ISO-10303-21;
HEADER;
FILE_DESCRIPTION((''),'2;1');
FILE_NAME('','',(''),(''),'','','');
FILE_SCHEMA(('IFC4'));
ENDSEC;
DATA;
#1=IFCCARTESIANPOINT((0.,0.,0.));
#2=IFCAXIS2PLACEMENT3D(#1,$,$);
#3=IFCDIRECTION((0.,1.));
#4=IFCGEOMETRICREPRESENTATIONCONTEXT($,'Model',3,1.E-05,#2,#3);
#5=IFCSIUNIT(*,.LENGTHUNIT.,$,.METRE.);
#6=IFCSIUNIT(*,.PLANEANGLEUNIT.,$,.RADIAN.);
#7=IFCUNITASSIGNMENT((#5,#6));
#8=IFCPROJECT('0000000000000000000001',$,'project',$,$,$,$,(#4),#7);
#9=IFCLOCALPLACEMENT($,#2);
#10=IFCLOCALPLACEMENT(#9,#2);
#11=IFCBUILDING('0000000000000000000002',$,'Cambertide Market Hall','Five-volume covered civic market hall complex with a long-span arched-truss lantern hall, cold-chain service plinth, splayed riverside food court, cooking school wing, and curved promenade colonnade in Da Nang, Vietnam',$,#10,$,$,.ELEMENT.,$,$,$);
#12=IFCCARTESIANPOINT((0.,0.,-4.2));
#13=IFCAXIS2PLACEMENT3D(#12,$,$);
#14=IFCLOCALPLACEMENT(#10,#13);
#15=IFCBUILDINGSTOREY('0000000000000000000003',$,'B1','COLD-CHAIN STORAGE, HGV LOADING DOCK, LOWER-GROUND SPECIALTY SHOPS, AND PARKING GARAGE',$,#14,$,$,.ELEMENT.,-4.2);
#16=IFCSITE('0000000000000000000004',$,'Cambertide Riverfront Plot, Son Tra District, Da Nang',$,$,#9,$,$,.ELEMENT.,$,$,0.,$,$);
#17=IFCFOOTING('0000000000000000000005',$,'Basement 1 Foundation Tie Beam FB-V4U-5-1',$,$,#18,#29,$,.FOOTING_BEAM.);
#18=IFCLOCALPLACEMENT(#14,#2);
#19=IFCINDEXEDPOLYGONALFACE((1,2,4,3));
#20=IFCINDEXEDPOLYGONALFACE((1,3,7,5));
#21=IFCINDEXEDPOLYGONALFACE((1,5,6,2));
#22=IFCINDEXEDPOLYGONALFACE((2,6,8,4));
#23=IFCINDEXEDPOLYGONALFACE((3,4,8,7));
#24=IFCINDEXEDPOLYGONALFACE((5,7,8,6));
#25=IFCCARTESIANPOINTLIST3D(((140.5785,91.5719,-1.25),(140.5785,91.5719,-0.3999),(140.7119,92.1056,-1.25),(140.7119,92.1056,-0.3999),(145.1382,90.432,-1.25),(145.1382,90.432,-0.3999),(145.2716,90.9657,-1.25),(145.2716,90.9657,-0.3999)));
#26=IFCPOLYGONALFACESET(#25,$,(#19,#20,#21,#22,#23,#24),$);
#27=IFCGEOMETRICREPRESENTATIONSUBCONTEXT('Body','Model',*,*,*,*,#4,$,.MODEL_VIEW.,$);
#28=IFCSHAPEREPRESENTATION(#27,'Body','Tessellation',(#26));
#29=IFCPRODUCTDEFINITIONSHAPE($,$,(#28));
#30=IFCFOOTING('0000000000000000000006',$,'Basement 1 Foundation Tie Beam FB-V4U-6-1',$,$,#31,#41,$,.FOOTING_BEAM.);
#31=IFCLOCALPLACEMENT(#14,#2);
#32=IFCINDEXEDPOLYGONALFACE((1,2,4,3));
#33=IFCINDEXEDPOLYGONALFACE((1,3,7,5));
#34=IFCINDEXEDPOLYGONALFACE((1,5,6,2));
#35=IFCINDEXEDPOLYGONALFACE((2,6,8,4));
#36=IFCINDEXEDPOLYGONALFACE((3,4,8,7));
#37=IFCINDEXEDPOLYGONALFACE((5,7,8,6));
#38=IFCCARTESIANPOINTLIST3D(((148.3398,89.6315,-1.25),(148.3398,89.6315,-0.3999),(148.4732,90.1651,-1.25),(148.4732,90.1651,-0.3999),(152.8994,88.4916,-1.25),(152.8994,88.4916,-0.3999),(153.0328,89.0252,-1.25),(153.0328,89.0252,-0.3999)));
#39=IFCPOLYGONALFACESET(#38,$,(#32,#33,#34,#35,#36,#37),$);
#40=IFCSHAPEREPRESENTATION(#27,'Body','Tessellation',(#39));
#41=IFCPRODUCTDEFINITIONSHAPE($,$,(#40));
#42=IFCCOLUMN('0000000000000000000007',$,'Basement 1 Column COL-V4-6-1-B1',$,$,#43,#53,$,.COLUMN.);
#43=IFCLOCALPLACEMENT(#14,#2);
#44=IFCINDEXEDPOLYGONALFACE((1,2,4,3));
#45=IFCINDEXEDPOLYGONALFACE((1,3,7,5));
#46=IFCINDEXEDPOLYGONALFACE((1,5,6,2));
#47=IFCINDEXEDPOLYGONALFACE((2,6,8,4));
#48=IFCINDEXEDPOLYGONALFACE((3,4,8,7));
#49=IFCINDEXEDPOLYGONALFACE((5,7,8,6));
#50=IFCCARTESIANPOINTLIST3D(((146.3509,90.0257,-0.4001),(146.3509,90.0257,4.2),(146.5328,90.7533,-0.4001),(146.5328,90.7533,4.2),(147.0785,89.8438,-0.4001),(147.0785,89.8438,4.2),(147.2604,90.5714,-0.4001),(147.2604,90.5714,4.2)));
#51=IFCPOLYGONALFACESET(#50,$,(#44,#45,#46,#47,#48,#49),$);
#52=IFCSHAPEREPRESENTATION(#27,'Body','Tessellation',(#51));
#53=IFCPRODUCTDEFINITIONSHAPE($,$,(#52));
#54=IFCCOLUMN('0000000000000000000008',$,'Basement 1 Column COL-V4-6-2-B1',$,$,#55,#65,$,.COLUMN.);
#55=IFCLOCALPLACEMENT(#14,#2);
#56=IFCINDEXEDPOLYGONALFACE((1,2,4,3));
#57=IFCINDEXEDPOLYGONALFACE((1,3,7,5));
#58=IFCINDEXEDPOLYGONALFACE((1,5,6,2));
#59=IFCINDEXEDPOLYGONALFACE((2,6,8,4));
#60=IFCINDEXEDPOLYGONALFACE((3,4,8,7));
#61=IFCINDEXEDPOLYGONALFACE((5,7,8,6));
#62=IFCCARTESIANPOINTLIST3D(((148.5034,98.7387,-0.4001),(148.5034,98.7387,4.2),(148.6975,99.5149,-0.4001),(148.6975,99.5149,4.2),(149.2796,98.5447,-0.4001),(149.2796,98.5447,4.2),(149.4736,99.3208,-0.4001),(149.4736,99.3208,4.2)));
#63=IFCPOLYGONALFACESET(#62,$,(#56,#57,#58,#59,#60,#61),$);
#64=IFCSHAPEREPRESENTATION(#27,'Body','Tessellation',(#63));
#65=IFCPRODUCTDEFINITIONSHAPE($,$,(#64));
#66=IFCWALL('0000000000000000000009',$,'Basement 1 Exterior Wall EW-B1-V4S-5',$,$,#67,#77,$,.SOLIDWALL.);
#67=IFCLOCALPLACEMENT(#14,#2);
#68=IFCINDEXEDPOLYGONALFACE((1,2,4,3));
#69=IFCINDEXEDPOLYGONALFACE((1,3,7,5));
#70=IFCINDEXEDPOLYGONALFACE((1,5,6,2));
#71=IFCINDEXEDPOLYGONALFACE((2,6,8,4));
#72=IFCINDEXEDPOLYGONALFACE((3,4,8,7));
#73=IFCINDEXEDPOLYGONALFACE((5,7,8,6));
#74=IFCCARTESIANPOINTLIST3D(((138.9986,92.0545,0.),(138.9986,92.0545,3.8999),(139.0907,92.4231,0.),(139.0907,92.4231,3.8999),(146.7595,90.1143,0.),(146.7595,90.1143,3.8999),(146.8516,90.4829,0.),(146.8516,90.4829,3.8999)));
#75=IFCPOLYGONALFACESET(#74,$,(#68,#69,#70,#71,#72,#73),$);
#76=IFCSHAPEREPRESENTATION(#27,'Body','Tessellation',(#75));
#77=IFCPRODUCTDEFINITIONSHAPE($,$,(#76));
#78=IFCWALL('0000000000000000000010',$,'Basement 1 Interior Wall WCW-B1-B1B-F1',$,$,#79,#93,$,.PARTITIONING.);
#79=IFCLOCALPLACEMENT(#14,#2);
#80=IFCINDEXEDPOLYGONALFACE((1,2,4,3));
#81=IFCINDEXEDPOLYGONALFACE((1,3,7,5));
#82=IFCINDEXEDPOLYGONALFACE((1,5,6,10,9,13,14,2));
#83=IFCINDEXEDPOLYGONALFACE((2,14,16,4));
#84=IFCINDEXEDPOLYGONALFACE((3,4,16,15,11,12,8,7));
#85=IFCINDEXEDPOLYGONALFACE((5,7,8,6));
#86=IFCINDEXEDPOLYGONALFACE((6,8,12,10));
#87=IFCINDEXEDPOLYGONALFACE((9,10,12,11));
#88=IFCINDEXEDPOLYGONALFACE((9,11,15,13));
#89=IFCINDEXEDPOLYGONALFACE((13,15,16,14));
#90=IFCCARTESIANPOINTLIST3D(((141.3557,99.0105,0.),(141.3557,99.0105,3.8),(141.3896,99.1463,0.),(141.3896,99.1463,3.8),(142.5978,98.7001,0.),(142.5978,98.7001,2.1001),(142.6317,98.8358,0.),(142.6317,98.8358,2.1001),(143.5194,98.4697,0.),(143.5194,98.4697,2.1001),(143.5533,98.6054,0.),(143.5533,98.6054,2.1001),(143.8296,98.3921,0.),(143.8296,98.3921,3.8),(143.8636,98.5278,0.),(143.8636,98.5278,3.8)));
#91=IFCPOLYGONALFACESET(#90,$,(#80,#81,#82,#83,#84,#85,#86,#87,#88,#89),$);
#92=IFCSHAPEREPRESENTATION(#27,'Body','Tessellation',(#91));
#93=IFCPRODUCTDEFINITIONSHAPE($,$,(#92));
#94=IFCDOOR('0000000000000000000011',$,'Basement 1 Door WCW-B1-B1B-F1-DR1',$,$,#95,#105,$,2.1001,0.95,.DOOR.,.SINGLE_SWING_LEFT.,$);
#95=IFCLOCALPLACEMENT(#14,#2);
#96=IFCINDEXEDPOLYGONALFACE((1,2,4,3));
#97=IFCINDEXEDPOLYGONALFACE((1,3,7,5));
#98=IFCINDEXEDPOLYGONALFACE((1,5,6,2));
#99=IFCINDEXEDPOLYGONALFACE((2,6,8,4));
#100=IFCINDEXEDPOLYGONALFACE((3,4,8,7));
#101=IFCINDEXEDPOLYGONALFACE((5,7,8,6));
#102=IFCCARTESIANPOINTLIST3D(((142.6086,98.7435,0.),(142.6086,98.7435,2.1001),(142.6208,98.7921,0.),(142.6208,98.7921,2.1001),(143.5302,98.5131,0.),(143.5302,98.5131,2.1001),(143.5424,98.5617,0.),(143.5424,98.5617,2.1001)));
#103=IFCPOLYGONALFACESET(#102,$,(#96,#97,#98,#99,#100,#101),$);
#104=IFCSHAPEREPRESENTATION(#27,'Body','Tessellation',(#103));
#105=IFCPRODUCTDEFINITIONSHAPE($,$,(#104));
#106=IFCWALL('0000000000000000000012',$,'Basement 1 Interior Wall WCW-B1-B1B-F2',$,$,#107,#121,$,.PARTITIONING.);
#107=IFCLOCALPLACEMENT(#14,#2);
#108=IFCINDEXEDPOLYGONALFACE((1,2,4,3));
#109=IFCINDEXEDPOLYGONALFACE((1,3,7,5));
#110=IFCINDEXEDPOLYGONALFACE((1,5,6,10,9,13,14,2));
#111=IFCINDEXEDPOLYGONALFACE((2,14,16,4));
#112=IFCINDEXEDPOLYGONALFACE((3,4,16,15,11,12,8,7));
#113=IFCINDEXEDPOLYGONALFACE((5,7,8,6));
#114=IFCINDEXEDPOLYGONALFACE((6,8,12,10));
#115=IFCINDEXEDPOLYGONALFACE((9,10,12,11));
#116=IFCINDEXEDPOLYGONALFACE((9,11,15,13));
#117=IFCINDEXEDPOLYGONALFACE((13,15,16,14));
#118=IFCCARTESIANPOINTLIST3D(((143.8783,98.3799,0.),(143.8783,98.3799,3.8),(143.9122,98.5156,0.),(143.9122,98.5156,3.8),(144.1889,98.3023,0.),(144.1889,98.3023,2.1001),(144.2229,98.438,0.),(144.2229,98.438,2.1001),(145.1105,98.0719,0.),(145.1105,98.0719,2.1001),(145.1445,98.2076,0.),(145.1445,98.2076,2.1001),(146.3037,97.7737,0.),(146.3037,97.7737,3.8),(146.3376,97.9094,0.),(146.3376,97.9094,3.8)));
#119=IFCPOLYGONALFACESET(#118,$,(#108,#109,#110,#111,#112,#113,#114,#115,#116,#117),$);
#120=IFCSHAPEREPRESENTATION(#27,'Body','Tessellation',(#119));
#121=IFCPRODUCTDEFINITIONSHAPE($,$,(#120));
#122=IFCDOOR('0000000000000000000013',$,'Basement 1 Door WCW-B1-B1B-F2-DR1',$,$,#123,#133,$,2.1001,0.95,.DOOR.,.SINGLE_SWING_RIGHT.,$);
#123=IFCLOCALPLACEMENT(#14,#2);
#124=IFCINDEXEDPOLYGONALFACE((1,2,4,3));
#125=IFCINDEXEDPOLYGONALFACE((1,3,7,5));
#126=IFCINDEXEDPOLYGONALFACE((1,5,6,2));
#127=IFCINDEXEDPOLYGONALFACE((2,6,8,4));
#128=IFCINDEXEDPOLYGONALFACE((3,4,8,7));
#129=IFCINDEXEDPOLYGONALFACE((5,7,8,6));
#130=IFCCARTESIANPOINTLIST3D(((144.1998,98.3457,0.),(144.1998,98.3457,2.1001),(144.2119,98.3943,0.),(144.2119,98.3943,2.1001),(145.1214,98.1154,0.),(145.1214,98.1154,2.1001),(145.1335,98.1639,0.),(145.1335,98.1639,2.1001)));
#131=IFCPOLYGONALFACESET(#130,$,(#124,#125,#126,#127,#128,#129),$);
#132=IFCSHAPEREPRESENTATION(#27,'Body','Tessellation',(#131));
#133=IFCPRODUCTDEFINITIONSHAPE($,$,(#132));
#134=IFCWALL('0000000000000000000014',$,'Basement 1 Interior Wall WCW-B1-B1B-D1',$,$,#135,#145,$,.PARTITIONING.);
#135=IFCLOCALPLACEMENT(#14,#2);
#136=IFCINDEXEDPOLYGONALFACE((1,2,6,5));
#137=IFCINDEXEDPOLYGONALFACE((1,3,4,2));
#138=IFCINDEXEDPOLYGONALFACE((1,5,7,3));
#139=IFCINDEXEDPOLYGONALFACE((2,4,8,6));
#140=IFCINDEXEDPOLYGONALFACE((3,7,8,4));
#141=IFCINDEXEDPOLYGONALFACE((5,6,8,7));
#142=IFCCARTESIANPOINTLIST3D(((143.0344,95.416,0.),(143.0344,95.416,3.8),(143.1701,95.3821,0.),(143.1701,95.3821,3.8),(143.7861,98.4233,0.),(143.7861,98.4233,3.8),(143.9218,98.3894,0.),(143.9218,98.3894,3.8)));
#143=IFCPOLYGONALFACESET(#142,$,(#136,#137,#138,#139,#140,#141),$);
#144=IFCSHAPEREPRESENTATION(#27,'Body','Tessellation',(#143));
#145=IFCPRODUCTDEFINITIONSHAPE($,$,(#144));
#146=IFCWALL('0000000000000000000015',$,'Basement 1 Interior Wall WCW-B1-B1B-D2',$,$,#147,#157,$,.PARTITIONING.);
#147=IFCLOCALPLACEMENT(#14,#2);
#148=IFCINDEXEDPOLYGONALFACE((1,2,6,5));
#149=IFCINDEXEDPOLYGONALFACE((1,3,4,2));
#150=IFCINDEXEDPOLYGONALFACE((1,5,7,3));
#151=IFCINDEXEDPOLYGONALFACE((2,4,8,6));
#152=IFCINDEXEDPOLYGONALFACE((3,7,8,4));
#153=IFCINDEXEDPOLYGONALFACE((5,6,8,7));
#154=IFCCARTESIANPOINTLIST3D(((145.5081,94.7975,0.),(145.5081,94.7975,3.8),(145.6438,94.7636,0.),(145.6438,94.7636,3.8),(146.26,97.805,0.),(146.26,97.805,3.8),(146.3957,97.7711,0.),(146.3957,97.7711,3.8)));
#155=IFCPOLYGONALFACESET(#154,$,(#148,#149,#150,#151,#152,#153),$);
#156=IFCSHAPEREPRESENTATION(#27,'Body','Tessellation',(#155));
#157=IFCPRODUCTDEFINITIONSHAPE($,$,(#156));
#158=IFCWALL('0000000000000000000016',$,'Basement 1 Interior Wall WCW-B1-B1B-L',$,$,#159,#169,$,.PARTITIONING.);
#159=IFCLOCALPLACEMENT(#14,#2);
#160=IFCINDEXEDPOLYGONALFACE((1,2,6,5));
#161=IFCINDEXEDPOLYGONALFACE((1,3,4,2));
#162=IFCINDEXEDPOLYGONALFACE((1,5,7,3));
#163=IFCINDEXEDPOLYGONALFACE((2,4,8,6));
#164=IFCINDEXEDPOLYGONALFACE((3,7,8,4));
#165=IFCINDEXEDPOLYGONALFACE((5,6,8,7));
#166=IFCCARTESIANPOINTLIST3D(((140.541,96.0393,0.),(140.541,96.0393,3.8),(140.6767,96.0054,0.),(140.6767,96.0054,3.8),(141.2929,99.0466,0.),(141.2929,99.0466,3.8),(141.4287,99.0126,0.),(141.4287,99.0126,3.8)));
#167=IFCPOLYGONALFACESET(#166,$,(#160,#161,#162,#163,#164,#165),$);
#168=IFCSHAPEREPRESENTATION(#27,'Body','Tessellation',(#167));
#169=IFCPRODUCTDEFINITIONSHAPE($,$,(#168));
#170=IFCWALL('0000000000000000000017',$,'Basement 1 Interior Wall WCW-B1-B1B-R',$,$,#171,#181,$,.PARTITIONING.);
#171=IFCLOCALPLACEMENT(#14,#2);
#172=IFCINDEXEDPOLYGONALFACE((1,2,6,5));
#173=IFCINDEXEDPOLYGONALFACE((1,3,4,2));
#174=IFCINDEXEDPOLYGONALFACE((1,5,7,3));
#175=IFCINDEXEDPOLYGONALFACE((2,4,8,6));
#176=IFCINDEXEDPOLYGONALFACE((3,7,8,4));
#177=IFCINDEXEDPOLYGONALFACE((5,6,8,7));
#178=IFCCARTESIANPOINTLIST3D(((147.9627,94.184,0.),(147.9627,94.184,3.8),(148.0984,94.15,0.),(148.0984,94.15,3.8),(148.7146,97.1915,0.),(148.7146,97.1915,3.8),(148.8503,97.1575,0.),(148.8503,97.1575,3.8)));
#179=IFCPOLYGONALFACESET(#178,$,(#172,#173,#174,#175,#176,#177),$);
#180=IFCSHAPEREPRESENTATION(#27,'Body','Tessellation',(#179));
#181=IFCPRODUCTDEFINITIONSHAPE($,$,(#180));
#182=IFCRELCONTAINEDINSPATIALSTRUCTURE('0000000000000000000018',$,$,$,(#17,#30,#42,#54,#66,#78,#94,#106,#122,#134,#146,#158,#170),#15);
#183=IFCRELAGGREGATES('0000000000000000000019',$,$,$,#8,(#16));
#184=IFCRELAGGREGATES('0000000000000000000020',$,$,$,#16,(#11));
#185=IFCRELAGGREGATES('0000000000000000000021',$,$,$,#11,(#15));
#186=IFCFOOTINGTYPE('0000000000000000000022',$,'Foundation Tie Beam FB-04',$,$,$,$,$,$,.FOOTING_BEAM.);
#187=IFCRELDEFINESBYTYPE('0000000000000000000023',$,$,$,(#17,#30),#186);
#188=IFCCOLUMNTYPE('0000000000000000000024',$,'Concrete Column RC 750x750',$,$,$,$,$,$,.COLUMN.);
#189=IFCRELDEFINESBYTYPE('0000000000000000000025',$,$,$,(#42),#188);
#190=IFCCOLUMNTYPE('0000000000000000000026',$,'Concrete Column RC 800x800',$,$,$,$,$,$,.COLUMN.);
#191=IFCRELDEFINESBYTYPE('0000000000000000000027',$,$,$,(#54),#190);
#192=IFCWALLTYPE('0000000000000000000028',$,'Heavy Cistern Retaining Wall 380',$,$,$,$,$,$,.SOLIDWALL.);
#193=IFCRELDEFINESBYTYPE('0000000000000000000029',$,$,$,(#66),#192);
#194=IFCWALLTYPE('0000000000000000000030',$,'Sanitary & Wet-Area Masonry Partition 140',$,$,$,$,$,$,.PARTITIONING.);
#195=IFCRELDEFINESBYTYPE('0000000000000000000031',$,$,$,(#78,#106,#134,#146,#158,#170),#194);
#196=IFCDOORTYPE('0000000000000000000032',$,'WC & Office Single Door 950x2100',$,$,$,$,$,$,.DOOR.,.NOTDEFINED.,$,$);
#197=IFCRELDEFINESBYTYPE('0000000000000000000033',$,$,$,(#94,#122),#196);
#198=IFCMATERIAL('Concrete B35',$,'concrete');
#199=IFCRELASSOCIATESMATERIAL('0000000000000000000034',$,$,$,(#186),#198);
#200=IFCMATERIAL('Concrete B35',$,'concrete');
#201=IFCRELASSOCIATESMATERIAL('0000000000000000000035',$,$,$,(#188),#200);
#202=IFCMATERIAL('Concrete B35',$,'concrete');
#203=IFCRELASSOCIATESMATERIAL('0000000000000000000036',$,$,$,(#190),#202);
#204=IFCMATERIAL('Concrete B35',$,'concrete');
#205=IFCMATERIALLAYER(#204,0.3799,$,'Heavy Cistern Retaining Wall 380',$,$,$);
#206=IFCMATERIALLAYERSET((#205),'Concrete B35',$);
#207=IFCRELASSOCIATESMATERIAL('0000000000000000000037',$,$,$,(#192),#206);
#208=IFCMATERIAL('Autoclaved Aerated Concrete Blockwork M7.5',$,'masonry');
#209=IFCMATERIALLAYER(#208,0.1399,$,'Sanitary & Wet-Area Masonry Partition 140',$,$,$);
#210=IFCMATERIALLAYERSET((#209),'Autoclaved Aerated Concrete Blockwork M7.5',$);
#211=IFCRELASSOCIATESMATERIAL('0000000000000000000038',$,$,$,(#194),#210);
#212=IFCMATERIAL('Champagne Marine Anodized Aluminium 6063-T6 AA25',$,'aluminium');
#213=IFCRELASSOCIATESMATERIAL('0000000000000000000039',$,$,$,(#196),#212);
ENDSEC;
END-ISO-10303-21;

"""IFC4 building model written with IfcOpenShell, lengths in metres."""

from ifc_helpers import new_model, si_unit, direction, frame, frame_2d, origin, origin_2d, place, context, subcontext, project, spatial, rectangle, extrude, material, layer, layer_set, material_profile, profile_set, type_object, element, fill, save


model = new_model("IFC4")

# Units and contexts
model_context = context("Model", 3, precision=1e-05, world=origin(), true_north=direction((0.0, 1.0)))
body_context = subcontext(model_context, "Body", "Model", "MODEL_VIEW")
ifc_project = project(units=[si_unit("LENGTHUNIT", "METRE"), si_unit("PLANEANGLEUNIT", "RADIAN")], contexts=[model_context])

# Site, building, storey
site_placement = place(None, origin())
site = spatial("IfcSite", under=ifc_project, at=site_placement, Name="Cambertide Riverfront Plot, Son Tra District, Da Nang", CompositionType="ELEMENT", RefElevation=0.0)
building_placement = place(site_placement, origin())
building = spatial("IfcBuilding", under=site, at=building_placement, Name="Cambertide Market Hall", Description="Five-volume covered civic market hall complex with a long-span arched-truss lantern hall, cold-chain service plinth, splayed riverside food court, cooking school wing, and curved promenade colonnade in Da Nang, Vietnam", CompositionType="ELEMENT")
storey_placement = place(building_placement, frame((0.0, 0.0, -4.2)))
storey = spatial("IfcBuildingStorey", under=building, at=storey_placement, Name="B1", Description="COLD-CHAIN STORAGE, HGV LOADING DOCK, LOWER-GROUND SPECIALTY SHOPS, AND PARKING GARAGE", CompositionType="ELEMENT", Elevation=-4.2)

# Footings
ifc_material_1 = material(Name="Concrete B35", Category="concrete")
footing_type_1 = type_object("IfcFootingType", Name="Foundation Tie Beam FB-04", PredefinedType="FOOTING_BEAM", material=ifc_material_1)
for number, where, z_axis, x_axis, name in (
    (1, (142.925, 91.2688, -1.25), (0.0, 0.0, 1.0), (0.970143, -0.242536, 0.0), "Basement 1 Foundation Tie Beam FB-V4U-5-1"),
    (2, (150.6863, 89.3284, -1.25), (0.0, 0.0, 1.0), (0.970143, -0.242536, 0.0), "Basement 1 Foundation Tie Beam FB-V4U-6-1"),
):
    element("IfcFooting", number, at=place(storey_placement, frame(where, z_axis=z_axis, x_axis=x_axis)), inside=storey, type_object=footing_type_1, Name=name, PredefinedType="FOOTING_BEAM", context=body_context, shape_type="SweptSolid", body=[
        extrude(rectangle(XDim=4.7, YDim=0.55, at=origin_2d()), origin(), (0.0, 0.0, 1.0), 0.8501),
    ])

# Columns
ifc_material_2 = material(Name="Concrete B35", Category="concrete")
ifc_material_profile_1 = material_profile(ifc_material_2, rectangle(XDim=0.75, YDim=0.75, at=origin_2d()), Name="RC 750x750")
ifc_profile_set_1 = profile_set([ifc_material_profile_1], Name="Concrete B35")
column_type_1 = type_object("IfcColumnType", Name="Concrete Column RC 750x750", PredefinedType="COLUMN", material=ifc_profile_set_1)
column_1_placement = place(storey_placement, frame((146.8057, 90.2986, -0.4001), z_axis=(0.0, 0.0, 1.0), x_axis=(0.970143, -0.242536, 0.0)))
element("IfcColumn", 3, at=column_1_placement, inside=storey, type_object=column_type_1, Name="Basement 1 Column COL-V4-6-1-B1", PredefinedType="COLUMN", context=body_context, shape_type="SweptSolid", body=[
    extrude(rectangle(XDim=0.75, YDim=0.75, at=origin_2d()), origin(), (0.0, 0.0, 1.0), 4.6001),
])
ifc_material_3 = material(Name="Concrete B35", Category="concrete")
ifc_material_profile_2 = material_profile(ifc_material_3, rectangle(XDim=0.8, YDim=0.8, at=origin_2d()), Name="RC 800x800")
ifc_profile_set_2 = profile_set([ifc_material_profile_2], Name="Concrete B35")
column_type_2 = type_object("IfcColumnType", Name="Concrete Column RC 800x800", PredefinedType="COLUMN", material=ifc_profile_set_2)
column_2_placement = place(storey_placement, frame((148.9885, 99.0298, -0.4001), z_axis=(0.0, 0.0, 1.0), x_axis=(0.970143, -0.242536, 0.0)))
element("IfcColumn", 4, at=column_2_placement, inside=storey, type_object=column_type_2, Name="Basement 1 Column COL-V4-6-2-B1", PredefinedType="COLUMN", context=body_context, shape_type="SweptSolid", body=[
    extrude(rectangle(XDim=0.8, YDim=0.8, at=origin_2d()), origin(), (0.0, 0.0, 1.0), 4.6001),
])

# Wall
ifc_material_4 = material(Name="Concrete B35", Category="concrete")
ifc_layer_1 = layer(ifc_material_4, 0.3799, Name="Heavy Cistern Retaining Wall 380")
ifc_layer_set_1 = layer_set([ifc_layer_1], Name="Concrete B35")
wall_type_1 = type_object("IfcWallType", Name="Heavy Cistern Retaining Wall 380", PredefinedType="SOLIDWALL", material=ifc_layer_set_1)
wall_1_placement = place(storey_placement, frame((146.8057, 90.2986, 0.0), z_axis=(0.0, 0.0, 1.0), x_axis=(-0.970144, 0.242528, 0.0)))
element("IfcWall", 5, at=wall_1_placement, inside=storey, type_object=wall_type_1, Name="Basement 1 Exterior Wall EW-B1-V4S-5", PredefinedType="SOLIDWALL", context=body_context, shape_type="SweptSolid", body=[
    extrude(rectangle(XDim=7.9998, YDim=0.3799, at=frame_2d((4.0, 0.0))), origin(), (0.0, 0.0, 1.0), 3.8999),
])

# Walls, openings, doors
ifc_material_5 = material(Name="Autoclaved Aerated Concrete Blockwork M7.5", Category="masonry")
ifc_layer_2 = layer(ifc_material_5, 0.1399, Name="Sanitary & Wet-Area Masonry Partition 140")
ifc_layer_set_2 = layer_set([ifc_layer_2], Name="Autoclaved Aerated Concrete Blockwork M7.5")
wall_type_2 = type_object("IfcWallType", Name="Sanitary & Wet-Area Masonry Partition 140", PredefinedType="PARTITIONING", material=ifc_layer_set_2)
wall_2_placement = place(storey_placement, frame((141.3728, 99.0784, 0.0), z_axis=(0.0, 0.0, 1.0), x_axis=(0.970148, -0.242513, 0.0)))
wall_2 = element("IfcWall", 6, at=wall_2_placement, inside=storey, type_object=wall_type_2, Name="Basement 1 Interior Wall WCW-B1-B1B-F1", PredefinedType="PARTITIONING", context=body_context, shape_type="SweptSolid", body=[
    extrude(rectangle(XDim=2.55, YDim=0.1399, at=frame_2d((1.2749, 0.0))), origin(), (0.0, 0.0, 1.0), 3.8),
])
opening_1_placement = place(wall_2_placement, frame((1.28, 0.0, 0.0)))
opening_1 = element("IfcOpeningElement", 7, at=opening_1_placement, cuts=wall_2, PredefinedType="OPENING", context=body_context, shape_type="SweptSolid", body=[
    extrude(rectangle(XDim=0.95, YDim=2.1001, at=frame_2d((0.4751, 1.05))), frame((0.0, 0.0798, 0.0), z_axis=(0.0, -1.0, 0.0), x_axis=(1.0, 0.0, 0.0)), (0.0, 0.0, 1.0), 0.1599),
])
ifc_material_6 = material(Name="Champagne Marine Anodized Aluminium 6063-T6 AA25", Category="aluminium")
door_type_1 = type_object("IfcDoorType", Name="WC & Office Single Door 950x2100", OperationType="NOTDEFINED", PredefinedType="DOOR", material=ifc_material_6)
door_1_placement = place(opening_1_placement, origin())
door_1 = element("IfcDoor", 8, at=door_1_placement, inside=storey, type_object=door_type_1, Name="Basement 1 Door WCW-B1-B1B-F1-DR1", OperationType="SINGLE_SWING_LEFT", OverallHeight=2.1001, OverallWidth=0.95, PredefinedType="DOOR", context=body_context, shape_type="SweptSolid", body=[
    extrude(rectangle(XDim=0.95, YDim=2.1001, at=frame_2d((0.4751, 1.05))), frame((0.0, 0.0249, 0.0), z_axis=(0.0, -1.0, 0.0), x_axis=(1.0, 0.0, 0.0)), (0.0, 0.0, 1.0), 0.05),
])
fill(opening_1, door_1)
wall_3_placement = place(storey_placement, frame((143.8953, 98.4478, 0.0), z_axis=(0.0, 0.0, 1.0), x_axis=(0.970154, -0.24249, 0.0)))
wall_3 = element("IfcWall", 9, at=wall_3_placement, inside=storey, type_object=wall_type_2, Name="Basement 1 Interior Wall WCW-B1-B1B-F2", PredefinedType="PARTITIONING", context=body_context, shape_type="SweptSolid", body=[
    extrude(rectangle(XDim=2.5, YDim=0.1399, at=frame_2d((1.25, 0.0))), origin(), (0.0, 0.0, 1.0), 3.8),
])
opening_2_placement = place(wall_3_placement, frame((0.3201, 0.0, 0.0)))
opening_2 = element("IfcOpeningElement", 10, at=opening_2_placement, cuts=wall_3, PredefinedType="OPENING", context=body_context, shape_type="SweptSolid", body=[
    extrude(rectangle(XDim=0.95, YDim=2.1001, at=frame_2d((0.4751, 1.05))), frame((0.0, 0.0798, 0.0), z_axis=(0.0, -1.0, 0.0), x_axis=(1.0, 0.0, 0.0)), (0.0, 0.0, 1.0), 0.1599),
])
door_2_placement = place(opening_2_placement, origin())
door_2 = element("IfcDoor", 11, at=door_2_placement, inside=storey, type_object=door_type_1, Name="Basement 1 Door WCW-B1-B1B-F2-DR1", OperationType="SINGLE_SWING_RIGHT", OverallHeight=2.1001, OverallWidth=0.95, PredefinedType="DOOR", context=body_context, shape_type="SweptSolid", body=[
    extrude(rectangle(XDim=0.95, YDim=2.1001, at=frame_2d((0.4751, 1.05))), frame((0.0, 0.0249, 0.0), z_axis=(0.0, -1.0, 0.0), x_axis=(1.0, 0.0, 0.0)), (0.0, 0.0, 1.0), 0.05),
])
fill(opening_2, door_2)

# Walls
wall_4_placement = place(storey_placement, frame((143.1023, 95.3992, 0.0), z_axis=(0.0, 0.0, 1.0), x_axis=(0.242499, 0.970152, 0.0)))
element("IfcWall", 12, at=wall_4_placement, inside=storey, type_object=wall_type_2, Name="Basement 1 Interior Wall WCW-B1-B1B-D1", PredefinedType="PARTITIONING", context=body_context, shape_type="SweptSolid", body=[
    extrude(rectangle(XDim=3.0999, YDim=0.1399, at=frame_2d((1.5498, 0.0))), origin(), (0.0, 0.0, 1.0), 3.8),
])
wall_5_placement = place(storey_placement, frame((145.5759, 94.7805, 0.0), z_axis=(0.0, 0.0, 1.0), x_axis=(0.242554, 0.970138, 0.0)))
element("IfcWall", 13, at=wall_5_placement, inside=storey, type_object=wall_type_2, Name="Basement 1 Interior Wall WCW-B1-B1B-D2", PredefinedType="PARTITIONING", context=body_context, shape_type="SweptSolid", body=[
    extrude(rectangle(XDim=3.1001, YDim=0.1399, at=frame_2d((1.55, 0.0))), origin(), (0.0, 0.0, 1.0), 3.8),
])
wall_6_placement = place(storey_placement, frame((140.6089, 96.0225, 0.0), z_axis=(0.0, 0.0, 1.0), x_axis=(0.242573, 0.970133, 0.0)))
element("IfcWall", 14, at=wall_6_placement, inside=storey, type_object=wall_type_2, Name="Basement 1 Interior Wall WCW-B1-B1B-L", PredefinedType="PARTITIONING", context=body_context, shape_type="SweptSolid", body=[
    extrude(rectangle(XDim=3.0999, YDim=0.1399, at=frame_2d((1.5498, 0.0))), origin(), (0.0, 0.0, 1.0), 3.8),
])
wall_7_placement = place(storey_placement, frame((148.0305, 94.167, 0.0), z_axis=(0.0, 0.0, 1.0), x_axis=(0.242554, 0.970138, 0.0)))
element("IfcWall", 15, at=wall_7_placement, inside=storey, type_object=wall_type_2, Name="Basement 1 Interior Wall WCW-B1-B1B-R", PredefinedType="PARTITIONING", context=body_context, shape_type="SweptSolid", body=[
    extrude(rectangle(XDim=3.1001, YDim=0.1399, at=frame_2d((1.55, 0.0))), origin(), (0.0, 0.0, 1.0), 3.8),
])

save(model, "model.ifc")
